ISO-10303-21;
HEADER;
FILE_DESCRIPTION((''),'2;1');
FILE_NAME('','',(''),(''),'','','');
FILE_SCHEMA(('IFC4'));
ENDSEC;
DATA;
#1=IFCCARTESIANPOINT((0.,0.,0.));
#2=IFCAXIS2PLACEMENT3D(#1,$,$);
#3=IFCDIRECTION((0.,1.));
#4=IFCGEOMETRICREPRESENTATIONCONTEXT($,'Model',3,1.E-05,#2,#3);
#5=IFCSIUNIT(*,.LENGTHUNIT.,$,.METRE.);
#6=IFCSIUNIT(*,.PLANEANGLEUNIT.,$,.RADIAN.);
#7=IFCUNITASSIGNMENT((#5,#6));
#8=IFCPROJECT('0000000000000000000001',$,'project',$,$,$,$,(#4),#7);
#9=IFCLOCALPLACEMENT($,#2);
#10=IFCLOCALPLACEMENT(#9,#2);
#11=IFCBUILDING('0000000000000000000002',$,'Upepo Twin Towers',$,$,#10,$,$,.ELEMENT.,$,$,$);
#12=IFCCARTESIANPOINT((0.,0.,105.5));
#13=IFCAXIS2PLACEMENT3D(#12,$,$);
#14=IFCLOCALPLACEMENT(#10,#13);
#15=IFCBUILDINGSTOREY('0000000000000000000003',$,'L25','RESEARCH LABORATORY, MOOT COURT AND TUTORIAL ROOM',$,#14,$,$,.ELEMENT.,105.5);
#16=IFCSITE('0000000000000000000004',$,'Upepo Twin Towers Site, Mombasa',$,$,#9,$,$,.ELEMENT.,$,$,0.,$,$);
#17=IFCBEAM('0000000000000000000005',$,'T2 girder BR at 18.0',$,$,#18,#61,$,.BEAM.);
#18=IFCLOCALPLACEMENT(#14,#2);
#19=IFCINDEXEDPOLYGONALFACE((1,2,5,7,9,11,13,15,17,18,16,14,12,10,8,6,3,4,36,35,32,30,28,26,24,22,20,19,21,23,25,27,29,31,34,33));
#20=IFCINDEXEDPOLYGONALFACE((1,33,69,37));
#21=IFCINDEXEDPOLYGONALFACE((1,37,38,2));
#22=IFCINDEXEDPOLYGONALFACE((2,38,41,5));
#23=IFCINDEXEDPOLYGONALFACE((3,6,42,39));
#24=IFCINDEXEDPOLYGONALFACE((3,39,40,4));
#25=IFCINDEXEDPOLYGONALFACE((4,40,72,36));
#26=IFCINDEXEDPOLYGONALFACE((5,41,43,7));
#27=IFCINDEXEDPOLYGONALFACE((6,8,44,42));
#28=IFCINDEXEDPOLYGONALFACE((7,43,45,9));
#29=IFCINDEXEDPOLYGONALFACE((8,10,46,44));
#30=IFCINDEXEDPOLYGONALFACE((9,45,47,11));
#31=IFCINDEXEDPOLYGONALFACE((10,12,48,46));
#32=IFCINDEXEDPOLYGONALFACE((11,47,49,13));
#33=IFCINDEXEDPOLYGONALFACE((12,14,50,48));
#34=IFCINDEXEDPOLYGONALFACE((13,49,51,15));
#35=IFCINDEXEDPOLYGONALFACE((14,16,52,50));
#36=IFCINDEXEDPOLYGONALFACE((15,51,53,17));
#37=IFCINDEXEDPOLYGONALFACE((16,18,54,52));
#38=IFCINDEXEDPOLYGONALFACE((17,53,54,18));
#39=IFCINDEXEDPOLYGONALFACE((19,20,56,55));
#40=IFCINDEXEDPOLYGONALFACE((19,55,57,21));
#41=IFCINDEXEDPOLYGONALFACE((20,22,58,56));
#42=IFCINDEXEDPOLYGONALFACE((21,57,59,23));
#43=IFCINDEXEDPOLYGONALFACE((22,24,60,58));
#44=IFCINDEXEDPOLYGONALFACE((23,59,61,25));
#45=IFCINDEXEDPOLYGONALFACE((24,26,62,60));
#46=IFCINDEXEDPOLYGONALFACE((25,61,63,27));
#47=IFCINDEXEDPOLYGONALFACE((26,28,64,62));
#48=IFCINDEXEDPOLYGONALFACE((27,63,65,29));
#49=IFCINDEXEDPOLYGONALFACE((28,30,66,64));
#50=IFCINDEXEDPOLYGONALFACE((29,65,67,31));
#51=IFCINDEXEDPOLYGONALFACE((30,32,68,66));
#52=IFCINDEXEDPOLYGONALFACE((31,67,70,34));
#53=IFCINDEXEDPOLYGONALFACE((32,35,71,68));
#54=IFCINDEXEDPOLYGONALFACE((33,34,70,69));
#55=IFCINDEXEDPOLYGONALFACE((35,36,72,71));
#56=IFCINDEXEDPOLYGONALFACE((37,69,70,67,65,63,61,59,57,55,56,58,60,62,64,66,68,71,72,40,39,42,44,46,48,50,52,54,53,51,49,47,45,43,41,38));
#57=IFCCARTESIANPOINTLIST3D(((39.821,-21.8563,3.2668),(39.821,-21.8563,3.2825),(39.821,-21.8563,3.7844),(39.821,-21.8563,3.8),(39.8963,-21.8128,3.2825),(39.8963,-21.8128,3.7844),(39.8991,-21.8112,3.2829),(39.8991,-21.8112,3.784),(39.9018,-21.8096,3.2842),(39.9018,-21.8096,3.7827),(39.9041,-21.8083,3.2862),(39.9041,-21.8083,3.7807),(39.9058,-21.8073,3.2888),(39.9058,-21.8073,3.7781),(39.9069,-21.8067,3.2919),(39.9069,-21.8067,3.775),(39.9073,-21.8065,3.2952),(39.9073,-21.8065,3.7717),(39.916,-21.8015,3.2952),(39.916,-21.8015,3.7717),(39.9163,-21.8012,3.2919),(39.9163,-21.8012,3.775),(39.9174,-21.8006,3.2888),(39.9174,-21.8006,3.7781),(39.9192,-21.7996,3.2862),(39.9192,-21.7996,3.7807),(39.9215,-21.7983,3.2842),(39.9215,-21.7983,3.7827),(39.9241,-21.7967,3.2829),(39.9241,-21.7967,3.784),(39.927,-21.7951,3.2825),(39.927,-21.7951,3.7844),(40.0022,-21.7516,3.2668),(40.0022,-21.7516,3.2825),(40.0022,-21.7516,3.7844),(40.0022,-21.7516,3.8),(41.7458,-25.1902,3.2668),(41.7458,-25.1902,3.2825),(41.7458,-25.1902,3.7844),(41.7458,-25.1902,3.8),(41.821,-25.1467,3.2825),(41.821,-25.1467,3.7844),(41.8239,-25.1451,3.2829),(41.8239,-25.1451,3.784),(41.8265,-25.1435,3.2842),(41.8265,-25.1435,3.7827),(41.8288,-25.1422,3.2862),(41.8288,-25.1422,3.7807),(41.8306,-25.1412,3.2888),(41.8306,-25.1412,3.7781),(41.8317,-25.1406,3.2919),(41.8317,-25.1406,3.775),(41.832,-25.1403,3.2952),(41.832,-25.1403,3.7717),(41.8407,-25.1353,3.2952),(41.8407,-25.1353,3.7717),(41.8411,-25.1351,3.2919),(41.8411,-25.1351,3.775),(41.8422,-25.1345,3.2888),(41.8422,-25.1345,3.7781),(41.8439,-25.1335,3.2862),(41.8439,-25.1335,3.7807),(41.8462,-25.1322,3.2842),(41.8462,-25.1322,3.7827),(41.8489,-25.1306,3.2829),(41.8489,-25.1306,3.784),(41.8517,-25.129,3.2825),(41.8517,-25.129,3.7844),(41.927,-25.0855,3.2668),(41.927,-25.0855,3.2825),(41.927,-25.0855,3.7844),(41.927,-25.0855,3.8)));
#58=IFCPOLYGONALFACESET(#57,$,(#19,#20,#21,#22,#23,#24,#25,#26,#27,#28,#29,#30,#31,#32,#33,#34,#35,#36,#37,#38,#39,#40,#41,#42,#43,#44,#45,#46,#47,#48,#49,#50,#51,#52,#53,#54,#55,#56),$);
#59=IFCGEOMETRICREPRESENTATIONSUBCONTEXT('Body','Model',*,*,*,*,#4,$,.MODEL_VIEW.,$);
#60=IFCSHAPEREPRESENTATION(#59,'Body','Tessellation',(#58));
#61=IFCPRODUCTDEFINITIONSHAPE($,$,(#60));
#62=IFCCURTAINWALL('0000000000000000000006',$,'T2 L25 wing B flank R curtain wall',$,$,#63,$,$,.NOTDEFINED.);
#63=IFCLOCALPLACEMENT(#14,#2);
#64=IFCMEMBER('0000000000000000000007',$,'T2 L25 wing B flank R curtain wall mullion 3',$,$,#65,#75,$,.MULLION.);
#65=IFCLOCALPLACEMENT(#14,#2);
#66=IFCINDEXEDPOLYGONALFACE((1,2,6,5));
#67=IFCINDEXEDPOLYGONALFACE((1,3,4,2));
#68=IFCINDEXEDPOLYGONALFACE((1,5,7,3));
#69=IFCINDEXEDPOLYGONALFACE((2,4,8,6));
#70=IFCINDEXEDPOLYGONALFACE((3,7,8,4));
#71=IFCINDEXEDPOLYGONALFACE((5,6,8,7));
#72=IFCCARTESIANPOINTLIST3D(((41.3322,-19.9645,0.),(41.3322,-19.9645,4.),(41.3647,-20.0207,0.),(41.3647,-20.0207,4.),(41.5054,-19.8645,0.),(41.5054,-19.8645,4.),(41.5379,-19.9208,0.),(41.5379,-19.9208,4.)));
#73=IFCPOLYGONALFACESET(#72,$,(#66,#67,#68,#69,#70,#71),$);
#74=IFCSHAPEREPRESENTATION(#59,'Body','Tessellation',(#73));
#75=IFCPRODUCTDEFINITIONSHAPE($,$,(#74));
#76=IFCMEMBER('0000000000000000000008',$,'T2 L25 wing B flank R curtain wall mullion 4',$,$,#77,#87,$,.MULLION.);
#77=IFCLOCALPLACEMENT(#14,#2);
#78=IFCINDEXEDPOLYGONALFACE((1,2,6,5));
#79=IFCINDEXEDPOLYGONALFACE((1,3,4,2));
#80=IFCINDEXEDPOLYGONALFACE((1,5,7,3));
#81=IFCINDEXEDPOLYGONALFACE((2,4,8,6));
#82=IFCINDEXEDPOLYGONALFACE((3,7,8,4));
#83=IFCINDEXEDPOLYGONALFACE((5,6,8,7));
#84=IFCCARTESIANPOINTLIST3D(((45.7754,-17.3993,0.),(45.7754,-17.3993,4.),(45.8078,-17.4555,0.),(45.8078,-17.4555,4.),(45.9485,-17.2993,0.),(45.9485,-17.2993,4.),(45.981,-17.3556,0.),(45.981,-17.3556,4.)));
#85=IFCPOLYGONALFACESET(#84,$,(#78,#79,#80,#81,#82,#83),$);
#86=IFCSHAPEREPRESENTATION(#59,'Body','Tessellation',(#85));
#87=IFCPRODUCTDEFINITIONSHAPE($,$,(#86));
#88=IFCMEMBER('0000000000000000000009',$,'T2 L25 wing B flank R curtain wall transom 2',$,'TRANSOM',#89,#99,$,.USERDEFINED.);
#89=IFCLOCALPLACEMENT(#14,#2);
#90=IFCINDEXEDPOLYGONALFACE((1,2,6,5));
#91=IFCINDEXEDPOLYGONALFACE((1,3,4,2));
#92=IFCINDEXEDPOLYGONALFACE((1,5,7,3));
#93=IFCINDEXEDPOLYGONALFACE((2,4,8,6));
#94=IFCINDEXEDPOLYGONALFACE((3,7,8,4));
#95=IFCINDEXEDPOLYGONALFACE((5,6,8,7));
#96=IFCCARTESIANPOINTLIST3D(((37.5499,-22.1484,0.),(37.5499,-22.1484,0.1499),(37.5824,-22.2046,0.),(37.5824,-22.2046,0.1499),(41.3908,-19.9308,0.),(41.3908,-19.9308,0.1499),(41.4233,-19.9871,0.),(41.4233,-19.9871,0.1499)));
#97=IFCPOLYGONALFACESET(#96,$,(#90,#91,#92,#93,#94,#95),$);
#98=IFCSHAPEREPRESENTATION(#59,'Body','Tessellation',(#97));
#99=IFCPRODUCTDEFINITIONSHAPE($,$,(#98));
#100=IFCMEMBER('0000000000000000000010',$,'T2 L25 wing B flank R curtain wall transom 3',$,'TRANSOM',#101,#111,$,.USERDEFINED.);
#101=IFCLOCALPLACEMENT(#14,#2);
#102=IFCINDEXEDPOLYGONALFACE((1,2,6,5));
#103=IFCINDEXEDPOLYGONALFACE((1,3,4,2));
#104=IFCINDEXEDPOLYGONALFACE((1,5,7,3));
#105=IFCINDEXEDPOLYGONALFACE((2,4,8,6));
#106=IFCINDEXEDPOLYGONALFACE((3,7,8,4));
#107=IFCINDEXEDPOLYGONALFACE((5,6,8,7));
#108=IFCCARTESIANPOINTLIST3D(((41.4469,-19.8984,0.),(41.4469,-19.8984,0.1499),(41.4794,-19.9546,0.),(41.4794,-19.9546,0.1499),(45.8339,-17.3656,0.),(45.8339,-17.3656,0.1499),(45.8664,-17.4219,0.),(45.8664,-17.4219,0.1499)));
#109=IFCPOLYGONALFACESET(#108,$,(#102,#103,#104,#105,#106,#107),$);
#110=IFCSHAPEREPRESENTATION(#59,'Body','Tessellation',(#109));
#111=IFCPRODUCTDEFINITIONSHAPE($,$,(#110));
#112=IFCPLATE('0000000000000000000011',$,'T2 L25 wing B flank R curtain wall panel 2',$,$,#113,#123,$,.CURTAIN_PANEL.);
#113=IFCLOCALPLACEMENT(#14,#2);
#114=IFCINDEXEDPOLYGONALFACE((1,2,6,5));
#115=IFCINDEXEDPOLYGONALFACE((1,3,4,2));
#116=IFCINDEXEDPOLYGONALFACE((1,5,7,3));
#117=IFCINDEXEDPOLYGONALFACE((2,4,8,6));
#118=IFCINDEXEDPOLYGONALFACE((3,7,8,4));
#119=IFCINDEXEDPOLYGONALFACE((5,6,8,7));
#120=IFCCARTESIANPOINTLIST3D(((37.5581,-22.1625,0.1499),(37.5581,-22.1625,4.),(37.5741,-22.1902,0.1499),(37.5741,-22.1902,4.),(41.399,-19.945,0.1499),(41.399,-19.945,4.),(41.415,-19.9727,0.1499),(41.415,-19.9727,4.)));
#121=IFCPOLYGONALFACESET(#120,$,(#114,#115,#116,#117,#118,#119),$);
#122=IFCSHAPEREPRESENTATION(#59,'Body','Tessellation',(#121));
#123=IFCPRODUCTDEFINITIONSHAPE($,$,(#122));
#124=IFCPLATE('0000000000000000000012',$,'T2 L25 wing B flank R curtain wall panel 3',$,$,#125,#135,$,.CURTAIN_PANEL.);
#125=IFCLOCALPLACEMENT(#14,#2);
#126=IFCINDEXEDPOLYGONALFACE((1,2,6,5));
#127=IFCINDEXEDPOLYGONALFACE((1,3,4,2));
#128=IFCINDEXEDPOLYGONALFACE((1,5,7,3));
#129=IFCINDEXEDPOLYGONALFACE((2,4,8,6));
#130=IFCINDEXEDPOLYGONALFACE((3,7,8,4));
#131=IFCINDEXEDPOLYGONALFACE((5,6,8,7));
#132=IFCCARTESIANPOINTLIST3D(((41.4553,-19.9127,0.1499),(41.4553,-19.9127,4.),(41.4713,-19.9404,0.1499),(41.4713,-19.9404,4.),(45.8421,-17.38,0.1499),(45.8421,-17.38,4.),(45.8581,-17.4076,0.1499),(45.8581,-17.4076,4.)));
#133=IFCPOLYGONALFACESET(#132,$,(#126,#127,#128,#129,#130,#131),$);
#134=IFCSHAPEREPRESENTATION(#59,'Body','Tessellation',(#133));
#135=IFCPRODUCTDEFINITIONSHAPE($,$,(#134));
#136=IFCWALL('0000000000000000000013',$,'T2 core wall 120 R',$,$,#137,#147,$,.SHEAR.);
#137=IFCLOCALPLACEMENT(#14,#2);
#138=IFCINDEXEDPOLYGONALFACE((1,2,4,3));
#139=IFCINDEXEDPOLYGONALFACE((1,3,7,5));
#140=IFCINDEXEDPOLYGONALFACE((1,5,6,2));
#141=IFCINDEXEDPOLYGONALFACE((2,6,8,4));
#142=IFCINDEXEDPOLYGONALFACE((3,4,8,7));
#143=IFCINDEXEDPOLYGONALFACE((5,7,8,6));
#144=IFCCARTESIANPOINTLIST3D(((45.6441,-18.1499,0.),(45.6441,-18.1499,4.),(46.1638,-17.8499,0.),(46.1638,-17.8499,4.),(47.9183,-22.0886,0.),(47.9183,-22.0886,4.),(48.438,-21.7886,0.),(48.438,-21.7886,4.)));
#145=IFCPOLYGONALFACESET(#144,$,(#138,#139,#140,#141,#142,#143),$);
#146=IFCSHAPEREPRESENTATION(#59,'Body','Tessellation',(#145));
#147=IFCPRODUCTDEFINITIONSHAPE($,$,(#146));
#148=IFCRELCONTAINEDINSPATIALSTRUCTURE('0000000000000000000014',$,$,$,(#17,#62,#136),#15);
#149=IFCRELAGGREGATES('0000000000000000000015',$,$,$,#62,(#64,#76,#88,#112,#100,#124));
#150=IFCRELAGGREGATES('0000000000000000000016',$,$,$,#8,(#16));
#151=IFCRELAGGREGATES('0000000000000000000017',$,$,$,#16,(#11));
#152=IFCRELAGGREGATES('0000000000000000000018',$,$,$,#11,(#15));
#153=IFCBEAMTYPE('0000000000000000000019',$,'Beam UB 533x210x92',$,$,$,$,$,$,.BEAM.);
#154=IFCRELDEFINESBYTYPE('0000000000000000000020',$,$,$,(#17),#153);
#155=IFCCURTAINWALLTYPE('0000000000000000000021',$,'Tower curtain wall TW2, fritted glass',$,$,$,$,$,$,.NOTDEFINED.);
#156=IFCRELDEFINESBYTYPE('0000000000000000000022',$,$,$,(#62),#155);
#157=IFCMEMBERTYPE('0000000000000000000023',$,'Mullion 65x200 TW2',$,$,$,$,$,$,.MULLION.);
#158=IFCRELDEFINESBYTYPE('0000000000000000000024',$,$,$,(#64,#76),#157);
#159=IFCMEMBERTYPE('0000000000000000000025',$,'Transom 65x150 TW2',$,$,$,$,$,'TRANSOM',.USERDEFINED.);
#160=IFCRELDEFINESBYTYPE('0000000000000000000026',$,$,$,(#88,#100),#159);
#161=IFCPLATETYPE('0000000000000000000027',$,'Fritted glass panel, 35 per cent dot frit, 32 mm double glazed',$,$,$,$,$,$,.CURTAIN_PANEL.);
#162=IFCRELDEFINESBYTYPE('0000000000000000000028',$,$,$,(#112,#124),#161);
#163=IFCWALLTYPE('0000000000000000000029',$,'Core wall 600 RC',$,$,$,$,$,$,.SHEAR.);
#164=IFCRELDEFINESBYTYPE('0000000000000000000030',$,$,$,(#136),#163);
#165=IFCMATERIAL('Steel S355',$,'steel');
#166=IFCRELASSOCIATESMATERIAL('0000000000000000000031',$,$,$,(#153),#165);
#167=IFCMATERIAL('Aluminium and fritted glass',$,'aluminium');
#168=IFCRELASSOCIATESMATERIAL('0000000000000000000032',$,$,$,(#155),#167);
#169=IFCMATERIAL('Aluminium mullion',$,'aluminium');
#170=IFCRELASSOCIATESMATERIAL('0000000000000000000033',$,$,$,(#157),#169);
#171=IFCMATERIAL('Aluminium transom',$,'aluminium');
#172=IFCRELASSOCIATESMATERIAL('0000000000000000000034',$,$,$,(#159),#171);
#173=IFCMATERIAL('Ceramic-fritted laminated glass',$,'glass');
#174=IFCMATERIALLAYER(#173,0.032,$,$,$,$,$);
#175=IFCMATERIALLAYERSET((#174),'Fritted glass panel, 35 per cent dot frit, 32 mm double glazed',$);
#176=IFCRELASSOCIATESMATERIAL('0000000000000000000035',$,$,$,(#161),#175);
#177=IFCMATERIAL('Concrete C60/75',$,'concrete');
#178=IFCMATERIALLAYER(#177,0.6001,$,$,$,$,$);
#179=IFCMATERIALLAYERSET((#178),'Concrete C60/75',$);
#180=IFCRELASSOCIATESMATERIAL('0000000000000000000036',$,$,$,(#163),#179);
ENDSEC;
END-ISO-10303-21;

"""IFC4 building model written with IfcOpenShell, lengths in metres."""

from ifc_helpers import new_model, si_unit, direction, frame, frame_2d, origin, origin_2d, place, context, subcontext, project, spatial, rectangle, i_section, extrude, material, layer, layer_set, material_profile, profile_set, type_object, element, aggregate, save


model = new_model("IFC4")

# Units and contexts
model_context = context("Model", 3, precision=1e-05, world=origin(), true_north=direction((0.0, 1.0)))
body_context = subcontext(model_context, "Body", "Model", "MODEL_VIEW")
ifc_project = project(units=[si_unit("LENGTHUNIT", "METRE"), si_unit("PLANEANGLEUNIT", "RADIAN")], contexts=[model_context])

# Site, building, storey
site_placement = place(None, origin())
site = spatial("IfcSite", under=ifc_project, at=site_placement, Name="Upepo Twin Towers Site, Mombasa", CompositionType="ELEMENT", RefElevation=0.0)
building_placement = place(site_placement, origin())
building = spatial("IfcBuilding", under=site, at=building_placement, Name="Upepo Twin Towers", CompositionType="ELEMENT")
storey_placement = place(building_placement, frame((0.0, 0.0, 105.5)))
storey = spatial("IfcBuildingStorey", under=building, at=storey_placement, Name="L25", Description="RESEARCH LABORATORY, MOOT COURT AND TUTORIAL ROOM", CompositionType="ELEMENT", Elevation=105.5)

# Beam
ifc_material_1 = material(Name="Steel S355", Category="steel")
ifc_material_profile_1 = material_profile(ifc_material_1, i_section(OverallWidth=0.2092, OverallDepth=0.5332, WebThickness=0.01, FlangeThickness=0.0156, FilletRadius=0.0127, at=origin_2d()), Name="UB 533x210x92")
ifc_profile_set_1 = profile_set([ifc_material_profile_1], Name="Steel S355")
beam_type_1 = type_object("IfcBeamType", Name="Beam UB 533x210x92", PredefinedType="BEAM", material=ifc_profile_set_1)
beam_1_placement = place(storey_placement, frame((39.9116, -21.804, 3.5334), z_axis=(0.499986, -0.866034, 0.0), x_axis=(0.866034, 0.499986, 0.0)))
element("IfcBeam", 1, at=beam_1_placement, inside=storey, type_object=beam_type_1, Name="T2 girder BR at 18.0", PredefinedType="BEAM", context=body_context, shape_type="SweptSolid", body=[
    extrude(i_section(OverallWidth=0.2092, OverallDepth=0.5332, WebThickness=0.01, FlangeThickness=0.0156, FilletRadius=0.0127, at=origin_2d()), origin(), (0.0, 0.0, 1.0), 3.8496),
])

# Curtain wall, members, plates
ifc_material_2 = material(Name="Aluminium and fritted glass", Category="aluminium")
curtain_wall_type = type_object("IfcCurtainWallType", Name="Tower curtain wall TW2, fritted glass", PredefinedType="NOTDEFINED", material=ifc_material_2)
curtain_wall_placement = place(storey_placement, origin())
curtain_wall = element("IfcCurtainWall", 2, at=curtain_wall_placement, inside=storey, type_object=curtain_wall_type, Name="T2 L25 wing B flank R curtain wall", PredefinedType="NOTDEFINED")
ifc_material_3 = material(Name="Aluminium mullion", Category="aluminium")
ifc_material_profile_2 = material_profile(ifc_material_3, rectangle(XDim=0.0649, YDim=0.2, at=origin_2d()), Name="MULLION 65x200")
ifc_profile_set_2 = profile_set([ifc_material_profile_2], Name="Aluminium mullion")
member_type_1 = type_object("IfcMemberType", Name="Mullion 65x200 TW2", PredefinedType="MULLION", material=ifc_profile_set_2)
member_1_placement = place(storey_placement, frame((41.4351, -19.9426, 0.0), z_axis=(0.0, 0.0, 1.0), x_axis=(-0.5, 0.866025, 0.0)))
member_1 = element("IfcMember", 3, at=member_1_placement, type_object=member_type_1, Name="T2 L25 wing B flank R curtain wall mullion 3", PredefinedType="MULLION", context=body_context, shape_type="SweptSolid", body=[
    extrude(rectangle(XDim=0.0649, YDim=0.2, at=origin_2d()), origin(), (0.0, 0.0, 1.0), 4.0),
])
member_2_placement = place(storey_placement, frame((45.8782, -17.3774, 0.0), z_axis=(0.0, 0.0, 1.0), x_axis=(-0.5, 0.866025, 0.0)))
member_2 = element("IfcMember", 4, at=member_2_placement, type_object=member_type_1, Name="T2 L25 wing B flank R curtain wall mullion 4", PredefinedType="MULLION", context=body_context, shape_type="SweptSolid", body=[
    extrude(rectangle(XDim=0.0649, YDim=0.2, at=origin_2d()), origin(), (0.0, 0.0, 1.0), 4.0),
])
ifc_material_4 = material(Name="Aluminium transom", Category="aluminium")
ifc_material_profile_3 = material_profile(ifc_material_4, rectangle(XDim=0.0649, YDim=0.1499, at=origin_2d()), Name="TRANSOM 65x150")
ifc_profile_set_3 = profile_set([ifc_material_profile_3], Name="Aluminium transom")
member_type_2 = type_object("IfcMemberType", Name="Transom 65x150 TW2", ElementType="TRANSOM", PredefinedType="USERDEFINED", material=ifc_profile_set_3)
member_3_placement = place(storey_placement, frame((37.5662, -22.1765, 0.075), z_axis=(0.866022, 0.500005, 0.0), x_axis=(-0.500005, 0.866022, 0.0)))
member_3 = element("IfcMember", 5, at=member_3_placement, type_object=member_type_2, Name="T2 L25 wing B flank R curtain wall transom 2", ObjectType="TRANSOM", PredefinedType="USERDEFINED", context=body_context, shape_type="SweptSolid", body=[
    extrude(rectangle(XDim=0.0649, YDim=0.1499, at=origin_2d()), origin(), (0.0, 0.0, 1.0), 4.4351),
])
member_4_placement = place(storey_placement, frame((41.4631, -19.9265, 0.075), z_axis=(0.866034, 0.499985, 0.0), x_axis=(-0.499985, 0.866034, 0.0)))
member_4 = element("IfcMember", 6, at=member_4_placement, type_object=member_type_2, Name="T2 L25 wing B flank R curtain wall transom 3", ObjectType="TRANSOM", PredefinedType="USERDEFINED", context=body_context, shape_type="SweptSolid", body=[
    extrude(rectangle(XDim=0.0649, YDim=0.1499, at=origin_2d()), origin(), (0.0, 0.0, 1.0), 5.0657),
])
ifc_material_5 = material(Name="Ceramic-fritted laminated glass", Category="glass")
ifc_layer_1 = layer(ifc_material_5, 0.032)
ifc_layer_set_1 = layer_set([ifc_layer_1], Name="Fritted glass panel, 35 per cent dot frit, 32 mm double glazed")
plate_type = type_object("IfcPlateType", Name="Fritted glass panel, 35 per cent dot frit, 32 mm double glazed", PredefinedType="CURTAIN_PANEL", material=ifc_layer_set_1)
plate_1_placement = place(storey_placement, frame((39.4866, -21.0676, 0.1499), z_axis=(0.0, 0.0, 1.0), x_axis=(0.866025, 0.5, 0.0)))
plate_1 = element("IfcPlate", 7, at=plate_1_placement, type_object=plate_type, Name="T2 L25 wing B flank R curtain wall panel 2", PredefinedType="CURTAIN_PANEL", context=body_context, shape_type="SweptSolid", body=[
    extrude(rectangle(XDim=4.4351, YDim=0.032, at=origin_2d()), origin(), (0.0, 0.0, 1.0), 3.8501),
])
plate_2_placement = place(storey_placement, frame((43.6567, -18.6602, 0.1499), z_axis=(0.0, 0.0, 1.0), x_axis=(0.866025, 0.5, 0.0)))
plate_2 = element("IfcPlate", 8, at=plate_2_placement, type_object=plate_type, Name="T2 L25 wing B flank R curtain wall panel 3", PredefinedType="CURTAIN_PANEL", context=body_context, shape_type="SweptSolid", body=[
    extrude(rectangle(XDim=5.0654, YDim=0.032, at=origin_2d()), origin(), (0.0, 0.0, 1.0), 3.8501),
])
aggregate(curtain_wall, [member_1, member_2, member_3, plate_1, member_4, plate_2])

# Wall
ifc_material_6 = material(Name="Concrete C60/75", Category="concrete")
ifc_layer_2 = layer(ifc_material_6, 0.6001)
ifc_layer_set_2 = layer_set([ifc_layer_2], Name="Concrete C60/75")
wall_type = type_object("IfcWallType", Name="Core wall 600 RC", PredefinedType="SHEAR", material=ifc_layer_set_2)
wall_1_placement = place(storey_placement, frame((45.9041, -18.0, 0.0), z_axis=(0.0, 0.0, 1.0), x_axis=(0.500024, -0.866011, 0.0)))
element("IfcWall", 9, at=wall_1_placement, inside=storey, type_object=wall_type, Name="T2 core wall 120 R", PredefinedType="SHEAR", context=body_context, shape_type="SweptSolid", body=[
    extrude(rectangle(XDim=4.5481, YDim=0.6001, at=frame_2d((2.2739, 0.0))), origin(), (0.0, 0.0, 1.0), 4.0),
])

save(model, "model.ifc")
